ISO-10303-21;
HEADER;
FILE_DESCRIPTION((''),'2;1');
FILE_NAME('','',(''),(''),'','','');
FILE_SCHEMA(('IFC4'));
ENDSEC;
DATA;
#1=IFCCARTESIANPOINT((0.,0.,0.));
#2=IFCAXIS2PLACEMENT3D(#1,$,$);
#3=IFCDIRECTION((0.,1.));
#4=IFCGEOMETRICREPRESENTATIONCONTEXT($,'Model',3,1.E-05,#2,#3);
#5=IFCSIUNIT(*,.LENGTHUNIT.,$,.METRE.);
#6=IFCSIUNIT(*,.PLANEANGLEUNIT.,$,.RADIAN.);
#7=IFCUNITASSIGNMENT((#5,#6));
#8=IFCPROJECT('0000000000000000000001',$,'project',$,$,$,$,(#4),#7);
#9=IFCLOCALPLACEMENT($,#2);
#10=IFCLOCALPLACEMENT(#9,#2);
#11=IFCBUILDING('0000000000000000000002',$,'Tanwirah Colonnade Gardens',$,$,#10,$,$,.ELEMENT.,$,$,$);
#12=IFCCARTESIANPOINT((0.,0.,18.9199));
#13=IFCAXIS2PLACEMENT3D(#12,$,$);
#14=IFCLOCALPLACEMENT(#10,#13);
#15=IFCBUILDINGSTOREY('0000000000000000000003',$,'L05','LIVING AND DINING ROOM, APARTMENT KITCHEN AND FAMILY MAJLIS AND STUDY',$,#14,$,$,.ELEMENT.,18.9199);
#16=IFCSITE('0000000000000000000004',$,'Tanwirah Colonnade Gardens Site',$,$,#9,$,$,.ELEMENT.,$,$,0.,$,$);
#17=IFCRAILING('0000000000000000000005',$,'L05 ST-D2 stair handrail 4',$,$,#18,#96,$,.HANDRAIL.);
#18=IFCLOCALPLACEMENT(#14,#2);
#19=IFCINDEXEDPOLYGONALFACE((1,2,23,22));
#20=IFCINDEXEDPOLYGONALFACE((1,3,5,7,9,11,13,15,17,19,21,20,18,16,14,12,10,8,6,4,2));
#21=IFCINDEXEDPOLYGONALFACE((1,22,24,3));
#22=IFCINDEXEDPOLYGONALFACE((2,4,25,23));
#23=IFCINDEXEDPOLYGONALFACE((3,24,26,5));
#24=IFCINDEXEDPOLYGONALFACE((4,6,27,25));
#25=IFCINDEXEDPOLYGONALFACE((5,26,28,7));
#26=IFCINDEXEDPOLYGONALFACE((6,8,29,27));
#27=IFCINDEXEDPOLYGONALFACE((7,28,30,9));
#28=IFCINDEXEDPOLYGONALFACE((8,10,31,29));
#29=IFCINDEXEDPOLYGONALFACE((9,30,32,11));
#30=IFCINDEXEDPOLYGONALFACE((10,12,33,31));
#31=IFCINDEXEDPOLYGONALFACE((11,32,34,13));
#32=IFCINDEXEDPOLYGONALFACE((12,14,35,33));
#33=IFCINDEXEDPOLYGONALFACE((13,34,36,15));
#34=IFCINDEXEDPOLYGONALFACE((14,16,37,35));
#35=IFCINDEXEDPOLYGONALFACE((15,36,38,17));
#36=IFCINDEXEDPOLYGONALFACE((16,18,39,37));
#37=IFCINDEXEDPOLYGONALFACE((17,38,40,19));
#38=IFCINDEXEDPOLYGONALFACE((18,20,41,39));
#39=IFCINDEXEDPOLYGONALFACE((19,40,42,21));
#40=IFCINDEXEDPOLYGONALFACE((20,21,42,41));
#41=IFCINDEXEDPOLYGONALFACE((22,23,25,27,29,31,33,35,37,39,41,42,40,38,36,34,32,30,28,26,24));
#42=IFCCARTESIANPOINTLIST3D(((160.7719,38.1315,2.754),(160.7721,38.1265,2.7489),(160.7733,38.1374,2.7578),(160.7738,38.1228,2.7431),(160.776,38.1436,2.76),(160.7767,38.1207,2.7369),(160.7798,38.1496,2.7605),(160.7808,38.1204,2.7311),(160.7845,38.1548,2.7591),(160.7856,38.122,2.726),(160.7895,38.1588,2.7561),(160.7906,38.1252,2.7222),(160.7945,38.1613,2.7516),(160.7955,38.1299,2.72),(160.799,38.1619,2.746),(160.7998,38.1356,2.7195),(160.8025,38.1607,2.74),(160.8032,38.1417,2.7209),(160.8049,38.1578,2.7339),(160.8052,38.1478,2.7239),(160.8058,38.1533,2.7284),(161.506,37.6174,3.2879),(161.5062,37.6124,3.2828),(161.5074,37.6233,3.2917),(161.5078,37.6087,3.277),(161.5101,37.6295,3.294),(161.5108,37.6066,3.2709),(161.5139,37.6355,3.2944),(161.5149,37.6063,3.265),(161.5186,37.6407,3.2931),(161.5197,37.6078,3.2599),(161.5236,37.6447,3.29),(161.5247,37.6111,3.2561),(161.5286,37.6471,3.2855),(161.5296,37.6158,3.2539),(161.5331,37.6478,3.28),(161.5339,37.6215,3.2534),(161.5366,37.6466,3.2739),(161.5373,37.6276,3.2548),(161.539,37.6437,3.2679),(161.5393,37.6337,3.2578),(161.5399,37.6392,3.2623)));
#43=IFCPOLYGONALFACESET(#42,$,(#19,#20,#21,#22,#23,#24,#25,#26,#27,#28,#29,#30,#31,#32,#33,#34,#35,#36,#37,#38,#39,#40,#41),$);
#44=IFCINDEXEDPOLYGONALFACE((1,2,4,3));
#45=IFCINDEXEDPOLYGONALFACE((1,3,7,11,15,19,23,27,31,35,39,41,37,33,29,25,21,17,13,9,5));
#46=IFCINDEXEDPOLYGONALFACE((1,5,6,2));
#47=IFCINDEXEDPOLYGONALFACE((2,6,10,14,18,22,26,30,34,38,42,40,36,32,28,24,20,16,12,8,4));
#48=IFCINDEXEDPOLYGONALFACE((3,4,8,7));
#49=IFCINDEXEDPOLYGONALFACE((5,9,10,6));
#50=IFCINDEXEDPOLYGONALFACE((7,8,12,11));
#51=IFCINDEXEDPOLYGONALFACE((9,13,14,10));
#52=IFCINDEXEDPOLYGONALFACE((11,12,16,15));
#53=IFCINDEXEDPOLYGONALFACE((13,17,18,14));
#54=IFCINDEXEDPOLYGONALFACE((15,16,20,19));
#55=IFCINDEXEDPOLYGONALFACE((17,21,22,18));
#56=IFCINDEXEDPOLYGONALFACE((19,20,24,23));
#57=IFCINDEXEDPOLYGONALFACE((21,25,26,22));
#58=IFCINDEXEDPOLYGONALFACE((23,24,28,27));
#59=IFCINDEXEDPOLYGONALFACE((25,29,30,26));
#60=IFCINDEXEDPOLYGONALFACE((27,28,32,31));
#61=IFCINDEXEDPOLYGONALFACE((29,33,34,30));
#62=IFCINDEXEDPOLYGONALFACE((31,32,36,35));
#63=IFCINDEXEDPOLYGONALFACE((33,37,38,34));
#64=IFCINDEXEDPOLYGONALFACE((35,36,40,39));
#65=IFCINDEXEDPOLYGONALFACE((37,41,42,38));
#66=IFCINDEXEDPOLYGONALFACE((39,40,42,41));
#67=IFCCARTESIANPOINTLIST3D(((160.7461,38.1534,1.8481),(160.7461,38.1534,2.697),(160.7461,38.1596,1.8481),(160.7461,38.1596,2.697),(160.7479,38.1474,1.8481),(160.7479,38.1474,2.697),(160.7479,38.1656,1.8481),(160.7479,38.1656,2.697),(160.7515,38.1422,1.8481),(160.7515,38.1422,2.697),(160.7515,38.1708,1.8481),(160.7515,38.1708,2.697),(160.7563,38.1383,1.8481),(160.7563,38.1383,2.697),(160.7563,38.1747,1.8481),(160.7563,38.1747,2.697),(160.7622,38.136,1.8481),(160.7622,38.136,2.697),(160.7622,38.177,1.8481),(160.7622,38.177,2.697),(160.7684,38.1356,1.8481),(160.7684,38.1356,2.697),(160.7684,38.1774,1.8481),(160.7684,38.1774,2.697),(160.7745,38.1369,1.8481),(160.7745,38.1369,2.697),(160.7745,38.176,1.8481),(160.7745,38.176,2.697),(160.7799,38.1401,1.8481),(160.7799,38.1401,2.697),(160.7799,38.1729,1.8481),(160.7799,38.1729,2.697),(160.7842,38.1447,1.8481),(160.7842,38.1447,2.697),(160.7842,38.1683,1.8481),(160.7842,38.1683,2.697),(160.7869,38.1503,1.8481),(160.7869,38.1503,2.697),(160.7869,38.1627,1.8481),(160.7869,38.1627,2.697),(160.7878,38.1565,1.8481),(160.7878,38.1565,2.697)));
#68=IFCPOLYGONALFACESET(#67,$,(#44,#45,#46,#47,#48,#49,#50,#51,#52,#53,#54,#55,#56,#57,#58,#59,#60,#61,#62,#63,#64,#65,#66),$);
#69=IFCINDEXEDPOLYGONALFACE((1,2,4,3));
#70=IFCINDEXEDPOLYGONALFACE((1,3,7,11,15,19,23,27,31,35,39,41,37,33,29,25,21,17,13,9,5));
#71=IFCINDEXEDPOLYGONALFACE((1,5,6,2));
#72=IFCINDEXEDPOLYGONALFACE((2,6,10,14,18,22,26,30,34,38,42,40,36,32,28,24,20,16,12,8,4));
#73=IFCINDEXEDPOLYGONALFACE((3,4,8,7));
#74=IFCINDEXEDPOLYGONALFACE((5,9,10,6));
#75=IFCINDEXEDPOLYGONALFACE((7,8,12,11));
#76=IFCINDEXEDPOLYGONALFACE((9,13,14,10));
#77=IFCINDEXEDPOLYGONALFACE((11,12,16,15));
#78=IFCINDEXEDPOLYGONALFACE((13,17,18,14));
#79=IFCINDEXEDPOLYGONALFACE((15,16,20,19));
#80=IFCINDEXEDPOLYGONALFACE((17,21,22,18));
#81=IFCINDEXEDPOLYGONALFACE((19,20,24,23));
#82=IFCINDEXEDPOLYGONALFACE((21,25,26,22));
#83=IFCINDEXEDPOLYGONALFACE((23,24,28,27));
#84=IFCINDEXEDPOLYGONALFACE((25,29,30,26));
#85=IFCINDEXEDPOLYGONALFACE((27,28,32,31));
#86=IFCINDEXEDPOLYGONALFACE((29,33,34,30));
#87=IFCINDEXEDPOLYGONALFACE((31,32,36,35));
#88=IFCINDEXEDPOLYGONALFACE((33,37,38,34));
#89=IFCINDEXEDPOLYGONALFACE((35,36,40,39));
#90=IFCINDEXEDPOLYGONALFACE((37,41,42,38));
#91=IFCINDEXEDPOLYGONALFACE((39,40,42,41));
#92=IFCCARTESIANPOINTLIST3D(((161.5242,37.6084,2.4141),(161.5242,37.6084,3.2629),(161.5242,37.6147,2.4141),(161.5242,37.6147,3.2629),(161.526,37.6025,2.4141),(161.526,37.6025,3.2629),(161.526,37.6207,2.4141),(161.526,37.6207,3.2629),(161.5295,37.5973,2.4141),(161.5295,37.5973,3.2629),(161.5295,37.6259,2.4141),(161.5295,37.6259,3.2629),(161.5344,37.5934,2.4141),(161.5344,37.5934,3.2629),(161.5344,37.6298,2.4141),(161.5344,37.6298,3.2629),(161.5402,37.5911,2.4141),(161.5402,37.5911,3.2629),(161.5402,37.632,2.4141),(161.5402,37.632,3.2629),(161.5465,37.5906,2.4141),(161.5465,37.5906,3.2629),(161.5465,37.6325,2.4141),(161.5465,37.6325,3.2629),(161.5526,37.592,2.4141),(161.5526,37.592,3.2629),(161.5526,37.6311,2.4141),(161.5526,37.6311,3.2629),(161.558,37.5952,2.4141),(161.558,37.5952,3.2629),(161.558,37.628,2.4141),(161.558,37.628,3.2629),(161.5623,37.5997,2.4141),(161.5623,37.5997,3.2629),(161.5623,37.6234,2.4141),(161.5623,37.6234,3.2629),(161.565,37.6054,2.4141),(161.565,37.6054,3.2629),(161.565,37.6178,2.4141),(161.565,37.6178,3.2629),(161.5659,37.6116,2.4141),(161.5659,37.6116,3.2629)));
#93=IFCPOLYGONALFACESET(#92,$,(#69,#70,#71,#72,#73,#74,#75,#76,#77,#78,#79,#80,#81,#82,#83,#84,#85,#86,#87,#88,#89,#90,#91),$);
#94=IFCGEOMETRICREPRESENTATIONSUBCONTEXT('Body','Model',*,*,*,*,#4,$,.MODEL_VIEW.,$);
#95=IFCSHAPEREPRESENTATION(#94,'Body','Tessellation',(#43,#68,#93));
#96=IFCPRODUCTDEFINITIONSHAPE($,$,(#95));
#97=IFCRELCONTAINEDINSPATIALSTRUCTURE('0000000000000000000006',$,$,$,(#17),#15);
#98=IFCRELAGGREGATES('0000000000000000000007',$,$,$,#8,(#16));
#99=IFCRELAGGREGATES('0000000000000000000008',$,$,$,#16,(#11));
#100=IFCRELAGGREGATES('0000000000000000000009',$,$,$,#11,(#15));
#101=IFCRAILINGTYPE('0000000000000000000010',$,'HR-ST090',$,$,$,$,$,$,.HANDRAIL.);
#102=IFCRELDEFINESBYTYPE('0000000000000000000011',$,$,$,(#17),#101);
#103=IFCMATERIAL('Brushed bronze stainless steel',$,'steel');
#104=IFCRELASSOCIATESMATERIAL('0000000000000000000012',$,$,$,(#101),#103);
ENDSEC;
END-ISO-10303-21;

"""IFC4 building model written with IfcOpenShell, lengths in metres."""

from ifc_helpers import new_model, si_unit, direction, frame, origin, origin_2d, place, context, subcontext, project, spatial, circle, extrude, material, type_object, element, save


model = new_model("IFC4")

# Units and contexts
model_context = context("Model", 3, precision=1e-05, world=origin(), true_north=direction((0.0, 1.0)))
body_context = subcontext(model_context, "Body", "Model", "MODEL_VIEW")
ifc_project = project(units=[si_unit("LENGTHUNIT", "METRE"), si_unit("PLANEANGLEUNIT", "RADIAN")], contexts=[model_context])

# Site, building, storey
site_placement = place(None, origin())
site = spatial("IfcSite", under=ifc_project, at=site_placement, Name="Tanwirah Colonnade Gardens Site", CompositionType="ELEMENT", RefElevation=0.0)
building_placement = place(site_placement, origin())
building = spatial("IfcBuilding", under=site, at=building_placement, Name="Tanwirah Colonnade Gardens", CompositionType="ELEMENT")
storey_placement = place(building_placement, frame((0.0, 0.0, 18.9199)))
storey = spatial("IfcBuildingStorey", under=building, at=storey_placement, Name="L05", Description="LIVING AND DINING ROOM, APARTMENT KITCHEN AND FAMILY MAJLIS AND STUDY", CompositionType="ELEMENT", Elevation=18.9199)

# Railing
ifc_material_1 = material(Name="Brushed bronze stainless steel", Category="steel")
railing_type_1 = type_object("IfcRailingType", Name="HR-ST090", PredefinedType="HANDRAIL", material=ifc_material_1)
railing_1_placement = place(storey_placement, frame((160.7668, 38.1565, 1.8481)))
element("IfcRailing", 1, at=railing_1_placement, inside=storey, type_object=railing_type_1, Name="L05 ST-D2 stair handrail 4", PredefinedType="HANDRAIL", context=body_context, shape_type="SweptSolid", body=[
    extrude(circle(Radius=0.0239, at=origin_2d()), frame((0.022, -0.0154, 0.8918), z_axis=(0.703686, -0.492823, 0.511812), x_axis=(0.573652, 0.819099, 0.0)), (0.0, 0.0, 1.0), 1.0432),
    extrude(circle(Radius=0.021, at=origin_2d()), origin(), (0.0, 0.0, 1.0), 0.8489),
    extrude(circle(Radius=0.021, at=origin_2d()), frame((0.7781, -0.5449, 0.5659)), (0.0, 0.0, 1.0), 0.8489),
])

save(model, "model.ifc")
